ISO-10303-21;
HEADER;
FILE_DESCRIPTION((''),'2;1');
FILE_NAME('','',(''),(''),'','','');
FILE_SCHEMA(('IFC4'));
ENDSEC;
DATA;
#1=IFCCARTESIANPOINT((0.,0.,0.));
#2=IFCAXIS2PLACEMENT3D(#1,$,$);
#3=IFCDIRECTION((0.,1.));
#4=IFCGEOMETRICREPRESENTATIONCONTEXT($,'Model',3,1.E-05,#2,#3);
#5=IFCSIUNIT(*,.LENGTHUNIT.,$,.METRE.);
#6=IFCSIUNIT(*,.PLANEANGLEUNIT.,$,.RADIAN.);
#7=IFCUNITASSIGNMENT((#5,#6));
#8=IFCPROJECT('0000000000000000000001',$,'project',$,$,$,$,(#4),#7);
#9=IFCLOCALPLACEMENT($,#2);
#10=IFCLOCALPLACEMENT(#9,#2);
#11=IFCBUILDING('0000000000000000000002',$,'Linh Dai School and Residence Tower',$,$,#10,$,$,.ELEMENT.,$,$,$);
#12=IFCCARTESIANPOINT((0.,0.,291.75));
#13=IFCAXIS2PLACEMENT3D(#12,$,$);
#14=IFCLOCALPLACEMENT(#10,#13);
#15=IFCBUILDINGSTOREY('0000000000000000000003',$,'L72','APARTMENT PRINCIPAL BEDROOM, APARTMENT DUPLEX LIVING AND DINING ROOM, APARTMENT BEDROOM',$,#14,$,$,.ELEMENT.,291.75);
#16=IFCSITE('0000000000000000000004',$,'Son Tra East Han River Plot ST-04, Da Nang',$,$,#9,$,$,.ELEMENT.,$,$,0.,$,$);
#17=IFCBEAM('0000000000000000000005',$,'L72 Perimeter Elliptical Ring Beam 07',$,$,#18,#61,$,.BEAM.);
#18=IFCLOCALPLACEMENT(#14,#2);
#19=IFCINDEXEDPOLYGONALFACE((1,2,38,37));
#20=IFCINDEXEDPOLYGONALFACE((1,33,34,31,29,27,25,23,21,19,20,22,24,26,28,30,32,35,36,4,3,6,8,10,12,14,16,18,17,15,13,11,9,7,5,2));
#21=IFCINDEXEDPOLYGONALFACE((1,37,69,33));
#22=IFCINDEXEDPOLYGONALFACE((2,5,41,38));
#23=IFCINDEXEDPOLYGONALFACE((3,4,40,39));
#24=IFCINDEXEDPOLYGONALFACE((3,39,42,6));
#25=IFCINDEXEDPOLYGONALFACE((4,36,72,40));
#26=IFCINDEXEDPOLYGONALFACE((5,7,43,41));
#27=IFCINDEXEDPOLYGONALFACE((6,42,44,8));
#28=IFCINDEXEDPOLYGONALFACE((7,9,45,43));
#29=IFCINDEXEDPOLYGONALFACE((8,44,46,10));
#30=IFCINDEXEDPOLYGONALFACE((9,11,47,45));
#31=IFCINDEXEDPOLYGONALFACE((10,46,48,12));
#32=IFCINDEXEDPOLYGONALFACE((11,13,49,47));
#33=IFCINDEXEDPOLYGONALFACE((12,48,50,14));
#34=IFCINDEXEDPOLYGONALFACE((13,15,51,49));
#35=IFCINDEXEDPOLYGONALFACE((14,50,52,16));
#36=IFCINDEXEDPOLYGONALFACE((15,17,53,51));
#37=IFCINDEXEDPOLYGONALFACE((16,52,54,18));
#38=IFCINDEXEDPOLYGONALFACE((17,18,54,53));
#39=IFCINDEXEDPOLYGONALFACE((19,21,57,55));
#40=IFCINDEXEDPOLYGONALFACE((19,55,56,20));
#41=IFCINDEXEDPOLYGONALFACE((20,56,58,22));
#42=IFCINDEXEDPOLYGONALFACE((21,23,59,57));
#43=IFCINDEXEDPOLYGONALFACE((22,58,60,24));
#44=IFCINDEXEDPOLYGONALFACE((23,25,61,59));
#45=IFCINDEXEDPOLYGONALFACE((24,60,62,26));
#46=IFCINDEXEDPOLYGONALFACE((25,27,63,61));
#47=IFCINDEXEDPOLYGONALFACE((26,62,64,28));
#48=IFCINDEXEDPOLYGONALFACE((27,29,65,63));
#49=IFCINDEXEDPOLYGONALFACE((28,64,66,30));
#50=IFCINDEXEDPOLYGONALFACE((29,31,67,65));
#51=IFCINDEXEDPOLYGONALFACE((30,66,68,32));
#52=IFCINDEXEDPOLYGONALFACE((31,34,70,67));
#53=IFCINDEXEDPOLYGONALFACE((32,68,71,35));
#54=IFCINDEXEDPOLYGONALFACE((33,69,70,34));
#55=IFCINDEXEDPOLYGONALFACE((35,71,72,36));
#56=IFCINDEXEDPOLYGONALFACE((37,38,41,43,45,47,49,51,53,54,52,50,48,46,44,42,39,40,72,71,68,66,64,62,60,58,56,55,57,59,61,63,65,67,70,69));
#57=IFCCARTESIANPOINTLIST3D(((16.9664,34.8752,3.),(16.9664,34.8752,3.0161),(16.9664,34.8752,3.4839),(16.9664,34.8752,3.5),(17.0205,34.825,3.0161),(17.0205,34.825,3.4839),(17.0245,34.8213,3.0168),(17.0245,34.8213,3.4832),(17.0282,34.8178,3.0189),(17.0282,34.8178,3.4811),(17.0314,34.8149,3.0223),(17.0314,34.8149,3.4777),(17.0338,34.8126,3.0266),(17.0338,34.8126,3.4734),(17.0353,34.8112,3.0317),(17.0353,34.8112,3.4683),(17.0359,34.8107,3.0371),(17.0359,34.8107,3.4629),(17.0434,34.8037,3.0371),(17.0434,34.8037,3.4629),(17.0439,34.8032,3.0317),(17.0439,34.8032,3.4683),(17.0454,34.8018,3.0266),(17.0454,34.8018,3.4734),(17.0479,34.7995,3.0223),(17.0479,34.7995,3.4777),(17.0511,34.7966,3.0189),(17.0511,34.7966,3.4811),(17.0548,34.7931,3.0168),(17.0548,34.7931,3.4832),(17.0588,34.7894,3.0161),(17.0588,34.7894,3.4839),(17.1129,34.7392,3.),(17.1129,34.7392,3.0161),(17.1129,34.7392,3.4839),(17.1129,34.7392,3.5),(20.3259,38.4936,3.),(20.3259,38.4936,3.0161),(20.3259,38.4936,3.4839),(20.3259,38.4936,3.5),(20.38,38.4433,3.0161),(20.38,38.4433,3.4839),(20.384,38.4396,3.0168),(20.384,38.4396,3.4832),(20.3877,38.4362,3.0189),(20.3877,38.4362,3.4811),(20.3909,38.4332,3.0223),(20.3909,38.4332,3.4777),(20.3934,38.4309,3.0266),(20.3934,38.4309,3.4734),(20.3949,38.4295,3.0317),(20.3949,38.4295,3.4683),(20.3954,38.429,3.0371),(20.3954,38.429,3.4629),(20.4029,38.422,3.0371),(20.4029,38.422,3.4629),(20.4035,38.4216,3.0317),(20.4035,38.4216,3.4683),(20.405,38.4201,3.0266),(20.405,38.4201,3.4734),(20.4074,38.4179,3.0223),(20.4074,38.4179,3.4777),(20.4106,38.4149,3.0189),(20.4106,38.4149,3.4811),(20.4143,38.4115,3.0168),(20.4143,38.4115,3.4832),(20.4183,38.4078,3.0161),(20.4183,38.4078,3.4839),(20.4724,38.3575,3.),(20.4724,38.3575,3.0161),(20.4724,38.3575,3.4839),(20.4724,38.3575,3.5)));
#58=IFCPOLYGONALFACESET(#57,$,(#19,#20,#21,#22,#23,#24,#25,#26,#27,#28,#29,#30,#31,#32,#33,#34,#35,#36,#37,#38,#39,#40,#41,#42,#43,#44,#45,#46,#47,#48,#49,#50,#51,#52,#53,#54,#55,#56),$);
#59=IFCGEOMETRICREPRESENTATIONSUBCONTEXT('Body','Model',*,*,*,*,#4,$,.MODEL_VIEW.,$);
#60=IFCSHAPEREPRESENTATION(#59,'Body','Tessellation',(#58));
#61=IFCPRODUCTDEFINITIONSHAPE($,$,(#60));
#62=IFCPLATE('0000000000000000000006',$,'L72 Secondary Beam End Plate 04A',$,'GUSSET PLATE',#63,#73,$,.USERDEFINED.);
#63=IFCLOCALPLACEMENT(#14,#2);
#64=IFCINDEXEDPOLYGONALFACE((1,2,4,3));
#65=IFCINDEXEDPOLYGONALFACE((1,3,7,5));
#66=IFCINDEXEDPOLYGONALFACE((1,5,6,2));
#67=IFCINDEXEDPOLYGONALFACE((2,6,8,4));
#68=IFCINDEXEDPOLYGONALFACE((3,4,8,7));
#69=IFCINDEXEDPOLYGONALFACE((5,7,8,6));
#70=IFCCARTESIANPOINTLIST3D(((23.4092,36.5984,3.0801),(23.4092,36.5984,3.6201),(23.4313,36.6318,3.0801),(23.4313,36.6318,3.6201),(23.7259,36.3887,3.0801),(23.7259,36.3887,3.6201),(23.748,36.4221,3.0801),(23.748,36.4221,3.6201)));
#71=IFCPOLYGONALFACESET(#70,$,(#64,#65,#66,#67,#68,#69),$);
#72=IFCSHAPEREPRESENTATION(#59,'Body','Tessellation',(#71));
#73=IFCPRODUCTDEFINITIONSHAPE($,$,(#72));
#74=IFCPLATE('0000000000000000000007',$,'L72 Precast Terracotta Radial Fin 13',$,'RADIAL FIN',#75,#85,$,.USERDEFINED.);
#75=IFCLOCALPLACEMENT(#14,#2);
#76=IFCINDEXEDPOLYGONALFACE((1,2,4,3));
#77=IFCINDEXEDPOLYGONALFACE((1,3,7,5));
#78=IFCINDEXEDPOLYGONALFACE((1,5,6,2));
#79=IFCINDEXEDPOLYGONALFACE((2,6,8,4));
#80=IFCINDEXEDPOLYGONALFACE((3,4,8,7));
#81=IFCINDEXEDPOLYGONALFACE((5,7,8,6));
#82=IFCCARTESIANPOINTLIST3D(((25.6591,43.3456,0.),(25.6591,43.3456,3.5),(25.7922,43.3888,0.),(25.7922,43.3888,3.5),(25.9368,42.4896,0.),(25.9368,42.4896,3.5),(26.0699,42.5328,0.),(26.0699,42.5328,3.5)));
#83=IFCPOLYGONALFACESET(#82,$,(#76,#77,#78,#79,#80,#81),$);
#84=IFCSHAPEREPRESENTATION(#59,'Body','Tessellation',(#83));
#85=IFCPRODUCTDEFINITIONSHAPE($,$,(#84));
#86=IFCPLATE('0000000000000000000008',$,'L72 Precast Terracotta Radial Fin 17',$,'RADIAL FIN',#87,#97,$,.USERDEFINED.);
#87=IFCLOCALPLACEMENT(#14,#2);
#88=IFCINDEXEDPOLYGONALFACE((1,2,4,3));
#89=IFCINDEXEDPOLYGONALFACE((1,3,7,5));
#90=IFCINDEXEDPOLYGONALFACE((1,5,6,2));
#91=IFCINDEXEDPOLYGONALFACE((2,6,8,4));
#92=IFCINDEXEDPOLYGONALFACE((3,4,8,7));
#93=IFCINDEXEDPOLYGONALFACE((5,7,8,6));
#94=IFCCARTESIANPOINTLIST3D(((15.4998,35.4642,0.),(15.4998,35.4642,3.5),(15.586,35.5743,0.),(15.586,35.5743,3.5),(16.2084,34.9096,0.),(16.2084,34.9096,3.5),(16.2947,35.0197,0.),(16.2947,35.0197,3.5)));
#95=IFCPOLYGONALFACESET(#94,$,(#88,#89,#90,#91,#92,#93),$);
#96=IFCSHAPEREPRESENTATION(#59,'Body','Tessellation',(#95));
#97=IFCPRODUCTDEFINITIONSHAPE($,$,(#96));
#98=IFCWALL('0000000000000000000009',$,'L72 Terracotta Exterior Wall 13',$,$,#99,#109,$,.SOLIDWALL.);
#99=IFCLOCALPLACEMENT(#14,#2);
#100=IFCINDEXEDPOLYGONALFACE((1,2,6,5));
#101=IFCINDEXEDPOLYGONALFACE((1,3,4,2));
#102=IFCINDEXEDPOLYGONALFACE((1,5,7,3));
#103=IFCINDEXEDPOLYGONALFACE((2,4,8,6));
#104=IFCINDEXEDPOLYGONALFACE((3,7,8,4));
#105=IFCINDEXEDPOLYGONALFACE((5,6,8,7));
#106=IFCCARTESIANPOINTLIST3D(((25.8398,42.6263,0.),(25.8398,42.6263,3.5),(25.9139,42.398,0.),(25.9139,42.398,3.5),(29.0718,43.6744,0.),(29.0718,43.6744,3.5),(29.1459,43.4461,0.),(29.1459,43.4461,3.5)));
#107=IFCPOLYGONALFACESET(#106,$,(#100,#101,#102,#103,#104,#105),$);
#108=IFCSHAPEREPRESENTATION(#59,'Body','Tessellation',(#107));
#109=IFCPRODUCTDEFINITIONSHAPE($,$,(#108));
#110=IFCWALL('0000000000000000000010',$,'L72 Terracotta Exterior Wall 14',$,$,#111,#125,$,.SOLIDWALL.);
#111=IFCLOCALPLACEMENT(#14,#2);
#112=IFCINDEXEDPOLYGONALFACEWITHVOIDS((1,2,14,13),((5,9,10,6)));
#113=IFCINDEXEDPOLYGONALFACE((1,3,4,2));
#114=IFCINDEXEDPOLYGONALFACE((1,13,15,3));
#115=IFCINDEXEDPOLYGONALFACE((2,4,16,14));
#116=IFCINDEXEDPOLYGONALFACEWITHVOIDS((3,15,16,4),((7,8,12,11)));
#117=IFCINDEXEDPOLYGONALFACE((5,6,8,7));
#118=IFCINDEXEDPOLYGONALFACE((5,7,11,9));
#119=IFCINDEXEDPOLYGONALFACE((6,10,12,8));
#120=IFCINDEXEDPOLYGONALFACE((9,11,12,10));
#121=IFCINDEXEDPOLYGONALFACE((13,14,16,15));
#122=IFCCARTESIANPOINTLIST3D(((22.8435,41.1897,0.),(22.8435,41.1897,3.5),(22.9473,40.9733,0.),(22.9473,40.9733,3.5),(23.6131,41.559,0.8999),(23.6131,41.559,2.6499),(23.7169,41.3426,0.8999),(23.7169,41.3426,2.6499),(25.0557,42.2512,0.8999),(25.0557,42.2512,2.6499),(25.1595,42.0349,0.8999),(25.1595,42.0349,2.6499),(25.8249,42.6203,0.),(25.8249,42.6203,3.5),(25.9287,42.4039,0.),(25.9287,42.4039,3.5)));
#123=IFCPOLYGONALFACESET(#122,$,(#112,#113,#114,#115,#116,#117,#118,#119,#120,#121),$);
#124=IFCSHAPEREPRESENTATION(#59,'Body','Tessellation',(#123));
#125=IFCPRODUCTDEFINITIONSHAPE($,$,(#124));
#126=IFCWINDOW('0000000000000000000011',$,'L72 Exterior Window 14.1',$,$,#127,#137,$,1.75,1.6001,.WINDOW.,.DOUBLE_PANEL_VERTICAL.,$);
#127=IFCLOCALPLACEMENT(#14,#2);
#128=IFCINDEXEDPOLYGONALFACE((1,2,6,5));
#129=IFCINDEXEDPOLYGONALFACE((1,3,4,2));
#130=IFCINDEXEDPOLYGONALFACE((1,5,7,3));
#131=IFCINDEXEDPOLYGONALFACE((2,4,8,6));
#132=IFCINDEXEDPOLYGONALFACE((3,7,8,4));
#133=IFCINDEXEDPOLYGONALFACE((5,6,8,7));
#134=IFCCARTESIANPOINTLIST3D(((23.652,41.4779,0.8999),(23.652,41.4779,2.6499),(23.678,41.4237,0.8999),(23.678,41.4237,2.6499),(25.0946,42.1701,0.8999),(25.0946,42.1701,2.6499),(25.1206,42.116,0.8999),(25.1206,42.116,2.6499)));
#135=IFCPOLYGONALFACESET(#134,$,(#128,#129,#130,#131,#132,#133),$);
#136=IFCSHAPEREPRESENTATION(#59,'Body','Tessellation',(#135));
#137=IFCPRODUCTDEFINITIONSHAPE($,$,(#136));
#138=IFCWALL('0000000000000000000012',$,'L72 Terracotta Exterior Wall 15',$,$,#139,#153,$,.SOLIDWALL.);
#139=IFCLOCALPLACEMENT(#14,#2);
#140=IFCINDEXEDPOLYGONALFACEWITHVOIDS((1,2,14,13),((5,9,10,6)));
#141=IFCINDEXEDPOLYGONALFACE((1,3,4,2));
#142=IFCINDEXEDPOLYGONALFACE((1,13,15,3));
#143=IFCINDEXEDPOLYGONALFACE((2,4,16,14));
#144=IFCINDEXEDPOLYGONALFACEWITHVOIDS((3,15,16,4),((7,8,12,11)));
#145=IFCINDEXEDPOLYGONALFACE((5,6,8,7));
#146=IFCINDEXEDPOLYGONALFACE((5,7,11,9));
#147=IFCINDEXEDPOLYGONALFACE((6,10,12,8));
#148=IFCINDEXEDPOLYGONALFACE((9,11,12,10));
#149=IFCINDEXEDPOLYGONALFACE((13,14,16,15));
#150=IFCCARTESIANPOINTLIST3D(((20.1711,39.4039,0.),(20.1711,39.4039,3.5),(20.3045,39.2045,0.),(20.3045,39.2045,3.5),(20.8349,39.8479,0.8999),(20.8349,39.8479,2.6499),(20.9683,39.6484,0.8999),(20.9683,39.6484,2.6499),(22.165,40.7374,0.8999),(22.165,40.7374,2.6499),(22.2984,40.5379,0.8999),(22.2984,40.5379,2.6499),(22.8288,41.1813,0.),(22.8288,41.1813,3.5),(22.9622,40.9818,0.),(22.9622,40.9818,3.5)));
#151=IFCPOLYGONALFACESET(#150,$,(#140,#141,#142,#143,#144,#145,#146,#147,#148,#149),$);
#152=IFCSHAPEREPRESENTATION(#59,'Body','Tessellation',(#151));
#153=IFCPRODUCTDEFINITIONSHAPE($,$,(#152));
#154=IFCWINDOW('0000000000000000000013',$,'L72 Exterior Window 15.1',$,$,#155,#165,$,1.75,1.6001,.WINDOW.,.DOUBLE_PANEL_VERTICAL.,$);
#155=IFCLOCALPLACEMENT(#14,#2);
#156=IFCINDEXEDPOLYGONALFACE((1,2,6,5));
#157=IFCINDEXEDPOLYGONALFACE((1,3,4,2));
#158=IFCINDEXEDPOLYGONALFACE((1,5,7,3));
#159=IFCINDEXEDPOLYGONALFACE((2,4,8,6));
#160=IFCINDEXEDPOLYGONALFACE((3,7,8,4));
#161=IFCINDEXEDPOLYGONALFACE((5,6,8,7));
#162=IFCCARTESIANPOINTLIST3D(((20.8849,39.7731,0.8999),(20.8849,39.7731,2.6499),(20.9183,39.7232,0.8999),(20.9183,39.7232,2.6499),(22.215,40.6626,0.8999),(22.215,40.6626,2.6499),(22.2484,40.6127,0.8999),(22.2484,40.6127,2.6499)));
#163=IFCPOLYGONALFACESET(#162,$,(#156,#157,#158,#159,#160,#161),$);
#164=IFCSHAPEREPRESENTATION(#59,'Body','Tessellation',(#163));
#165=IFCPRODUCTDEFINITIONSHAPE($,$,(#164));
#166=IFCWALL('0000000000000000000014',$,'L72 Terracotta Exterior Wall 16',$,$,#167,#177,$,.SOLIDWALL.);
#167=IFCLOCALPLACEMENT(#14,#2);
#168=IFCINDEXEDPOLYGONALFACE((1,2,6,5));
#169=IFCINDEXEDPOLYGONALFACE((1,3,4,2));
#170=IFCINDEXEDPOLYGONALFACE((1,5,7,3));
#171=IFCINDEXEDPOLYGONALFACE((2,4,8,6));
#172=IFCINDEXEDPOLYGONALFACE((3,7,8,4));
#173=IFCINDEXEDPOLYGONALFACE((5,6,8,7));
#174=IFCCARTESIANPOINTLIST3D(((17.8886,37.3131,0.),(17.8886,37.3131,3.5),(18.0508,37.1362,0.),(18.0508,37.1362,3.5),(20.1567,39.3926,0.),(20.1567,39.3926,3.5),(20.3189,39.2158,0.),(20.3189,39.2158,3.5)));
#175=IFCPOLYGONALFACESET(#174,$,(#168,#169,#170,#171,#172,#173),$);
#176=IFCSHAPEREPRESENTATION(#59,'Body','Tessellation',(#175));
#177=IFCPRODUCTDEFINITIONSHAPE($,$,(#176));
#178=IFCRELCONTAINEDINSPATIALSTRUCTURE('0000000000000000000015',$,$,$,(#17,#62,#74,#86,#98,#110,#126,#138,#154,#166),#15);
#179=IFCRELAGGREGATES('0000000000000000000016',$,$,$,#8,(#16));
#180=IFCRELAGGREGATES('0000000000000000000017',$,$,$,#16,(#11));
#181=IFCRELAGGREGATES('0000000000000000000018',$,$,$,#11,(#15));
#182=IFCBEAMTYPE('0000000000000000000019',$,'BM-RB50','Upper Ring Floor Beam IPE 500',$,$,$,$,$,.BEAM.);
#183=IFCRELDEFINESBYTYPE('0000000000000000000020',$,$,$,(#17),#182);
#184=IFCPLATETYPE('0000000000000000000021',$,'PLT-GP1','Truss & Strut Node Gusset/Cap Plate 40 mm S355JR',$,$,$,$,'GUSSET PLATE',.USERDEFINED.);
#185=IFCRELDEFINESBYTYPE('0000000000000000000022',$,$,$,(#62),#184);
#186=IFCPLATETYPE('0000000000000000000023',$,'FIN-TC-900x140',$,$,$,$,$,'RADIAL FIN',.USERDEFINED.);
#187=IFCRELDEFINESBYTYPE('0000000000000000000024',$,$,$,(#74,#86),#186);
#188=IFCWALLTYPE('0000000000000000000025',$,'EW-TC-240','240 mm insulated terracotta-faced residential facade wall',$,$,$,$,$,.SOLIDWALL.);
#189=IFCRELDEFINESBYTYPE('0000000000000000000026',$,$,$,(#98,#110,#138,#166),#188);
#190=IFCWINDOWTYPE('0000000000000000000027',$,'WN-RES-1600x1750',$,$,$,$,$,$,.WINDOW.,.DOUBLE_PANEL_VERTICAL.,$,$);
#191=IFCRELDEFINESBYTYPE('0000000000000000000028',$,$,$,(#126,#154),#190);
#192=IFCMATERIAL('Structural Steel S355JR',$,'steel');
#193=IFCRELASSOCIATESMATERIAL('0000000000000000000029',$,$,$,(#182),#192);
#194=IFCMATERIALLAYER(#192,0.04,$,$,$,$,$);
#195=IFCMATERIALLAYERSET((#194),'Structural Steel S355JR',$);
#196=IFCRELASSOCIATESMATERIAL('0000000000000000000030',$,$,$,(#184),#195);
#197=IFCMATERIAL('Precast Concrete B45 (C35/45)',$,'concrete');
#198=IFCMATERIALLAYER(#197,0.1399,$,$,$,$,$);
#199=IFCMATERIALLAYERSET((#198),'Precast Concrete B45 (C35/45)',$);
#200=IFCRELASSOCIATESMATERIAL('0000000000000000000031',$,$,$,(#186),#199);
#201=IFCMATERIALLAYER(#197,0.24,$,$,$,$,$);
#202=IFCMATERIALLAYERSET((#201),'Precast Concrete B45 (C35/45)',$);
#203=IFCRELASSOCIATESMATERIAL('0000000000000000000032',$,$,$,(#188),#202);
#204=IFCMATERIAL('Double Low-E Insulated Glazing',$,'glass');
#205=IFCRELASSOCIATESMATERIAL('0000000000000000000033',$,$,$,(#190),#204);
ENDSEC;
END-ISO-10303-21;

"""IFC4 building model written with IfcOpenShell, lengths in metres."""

from ifc_helpers import new_model, si_unit, direction, frame, frame_2d, origin, origin_2d, place, context, subcontext, project, spatial, rectangle, i_section, extrude, source, transform, mapped, material, layer, layer_set, material_profile, profile_set, type_object, element, fill, save


model = new_model("IFC4")

# Units and contexts
model_context = context("Model", 3, precision=1e-05, world=origin(), true_north=direction((0.0, 1.0)))
body_context = subcontext(model_context, "Body", "Model", "MODEL_VIEW")
ifc_project = project(units=[si_unit("LENGTHUNIT", "METRE"), si_unit("PLANEANGLEUNIT", "RADIAN")], contexts=[model_context])

# Site, building, storey
site_placement = place(None, origin())
site = spatial("IfcSite", under=ifc_project, at=site_placement, Name="Son Tra East Han River Plot ST-04, Da Nang", CompositionType="ELEMENT", RefElevation=0.0)
building_placement = place(site_placement, origin())
building = spatial("IfcBuilding", under=site, at=building_placement, Name="Linh Dai School and Residence Tower", CompositionType="ELEMENT")
storey_placement = place(building_placement, frame((0.0, 0.0, 291.75)))
storey = spatial("IfcBuildingStorey", under=building, at=storey_placement, Name="L72", Description="APARTMENT PRINCIPAL BEDROOM, APARTMENT DUPLEX LIVING AND DINING ROOM, APARTMENT BEDROOM", CompositionType="ELEMENT", Elevation=291.75)

# Shared definitions
ifc_material_1 = material(Name="Structural Steel S355JR", Category="steel")

# Beam
ifc_material_profile_1 = material_profile(ifc_material_1, i_section(OverallWidth=0.2, OverallDepth=0.5, WebThickness=0.0103, FlangeThickness=0.0161, FilletRadius=0.021, at=origin_2d()), Name="IPE 500")
ifc_profile_set_1 = profile_set([ifc_material_profile_1], Name="Structural Steel S355JR")
beam_type_1 = type_object("IfcBeamType", Name="BM-RB50", Description="Upper Ring Floor Beam IPE 500", PredefinedType="BEAM", material=ifc_profile_set_1)
beam_1_placement = place(storey_placement, frame((20.3992, 38.4255, 3.25), z_axis=(-0.680415, -0.732827, 0.0), x_axis=(0.732827, -0.680415, 0.0)))
element("IfcBeam", 1, at=beam_1_placement, inside=storey, type_object=beam_type_1, Name="L72 Perimeter Elliptical Ring Beam 07", PredefinedType="BEAM", context=body_context, shape_type="SweptSolid", body=[
    extrude(i_section(OverallWidth=0.2, OverallDepth=0.5, WebThickness=0.0103, FlangeThickness=0.0161, FilletRadius=0.021, at=origin_2d()), origin(), (0.0, 0.0, 1.0), 4.9375),
])

# Plates
ifc_layer_1 = layer(ifc_material_1, 0.04)
ifc_layer_set_1 = layer_set([ifc_layer_1], Name="Structural Steel S355JR")
plate_type_1 = type_object("IfcPlateType", Name="PLT-GP1", Description="Truss & Strut Node Gusset/Cap Plate 40 mm S355JR", ElementType="GUSSET PLATE", PredefinedType="USERDEFINED", material=ifc_layer_set_1)
shared_shape_1 = source(origin(), body_context, "Body", "SweptSolid", [
    extrude(rectangle(XDim=0.04, YDim=0.3799, at=origin_2d()), origin(), (0.0, 0.0, 1.0), 0.54),
])
plate_placement = place(storey_placement, frame((23.5786, 36.5103, 3.0801), z_axis=(0.0, 0.0, 1.0), x_axis=(-0.552122, -0.833763, 0.0)))
element("IfcPlate", 2, at=plate_placement, inside=storey, type_object=plate_type_1, Name="L72 Secondary Beam End Plate 04A", ObjectType="GUSSET PLATE", PredefinedType="USERDEFINED", context=body_context, shape_type="MappedRepresentation", body=[
    mapped(shared_shape_1, transform((0.0, 0.0, 0.0), x_axis=(1.0, 0.0, 0.0), y_axis=(0.0, 1.0, 0.0), z_axis=(0.0, 0.0, 1.0), scale=1.0)),
])
ifc_material_2 = material(Name="Precast Concrete B45 (C35/45)", Category="concrete")
ifc_layer_2 = layer(ifc_material_2, 0.1399)
ifc_layer_set_2 = layer_set([ifc_layer_2], Name="Precast Concrete B45 (C35/45)")
plate_type_2 = type_object("IfcPlateType", Name="FIN-TC-900x140", ElementType="RADIAL FIN", PredefinedType="USERDEFINED", material=ifc_layer_set_2)
shared_shape_2 = source(origin(), body_context, "Body", "SweptSolid", [
    extrude(rectangle(XDim=0.8999, YDim=0.1399, at=origin_2d()), origin(), (0.0, 0.0, 1.0), 3.5),
])
for number, where, z_axis, x_axis, name in (
    (3, (25.8645, 42.9392, 0.0), (0.0, 0.0, 1.0), (-0.308519, 0.951218, 0.0), "L72 Precast Terracotta Radial Fin 13"),
    (4, (15.8972, 35.2419, 0.0), (0.0, 0.0, 1.0), (-0.787503, 0.616311, 0.0), "L72 Precast Terracotta Radial Fin 17"),
):
    element("IfcPlate", number, at=place(storey_placement, frame(where, z_axis=z_axis, x_axis=x_axis)), inside=storey, type_object=plate_type_2, Name=name, ObjectType="RADIAL FIN", PredefinedType="USERDEFINED", context=body_context, shape_type="MappedRepresentation", body=[
        mapped(shared_shape_2, transform((0.0, 0.0, 0.0), x_axis=(1.0, 0.0, 0.0), y_axis=(0.0, 1.0, 0.0), z_axis=(0.0, 0.0, 1.0), scale=1.0)),
    ])

# Wall
ifc_layer_3 = layer(ifc_material_2, 0.24)
ifc_layer_set_3 = layer_set([ifc_layer_3], Name="Precast Concrete B45 (C35/45)")
wall_type_1 = type_object("IfcWallType", Name="EW-TC-240", Description="240 mm insulated terracotta-faced residential facade wall", PredefinedType="SOLIDWALL", material=ifc_layer_set_3)
wall_1_placement = place(storey_placement, frame((25.877, 42.5122, 0.0), z_axis=(0.0, 0.0, 1.0), x_axis=(0.951231, 0.308478, 0.0)))
element("IfcWall", 5, at=wall_1_placement, inside=storey, type_object=wall_type_1, Name="L72 Terracotta Exterior Wall 13", PredefinedType="SOLIDWALL", context=body_context, shape_type="SweptSolid", body=[
    extrude(rectangle(XDim=3.3977, YDim=0.24, at=frame_2d((1.6987, 0.0))), origin(), (0.0, 0.0, 1.0), 3.5),
])

# Walls, openings, windows
wall_2_placement = place(storey_placement, frame((22.8955, 41.0815, 0.0), z_axis=(0.0, 0.0, 1.0), x_axis=(0.901574, 0.432625, 0.0)))
wall_2 = element("IfcWall", 6, at=wall_2_placement, inside=storey, type_object=wall_type_1, Name="L72 Terracotta Exterior Wall 14", PredefinedType="SOLIDWALL", context=body_context, shape_type="SweptSolid", body=[
    extrude(rectangle(XDim=3.3069, YDim=0.24, at=frame_2d((1.6533, 0.0))), origin(), (0.0, 0.0, 1.0), 3.5),
])
opening_1_placement = place(wall_2_placement, frame((0.8535, 0.0, 0.8999)))
opening_1 = element("IfcOpeningElement", 7, at=opening_1_placement, cuts=wall_2, PredefinedType="OPENING", context=body_context, shape_type="SweptSolid", body=[
    extrude(rectangle(XDim=1.6001, YDim=1.75, at=origin_2d()), frame((0.8, 0.1299, 0.875), z_axis=(0.0, -1.0, 0.0), x_axis=(1.0, 0.0, 0.0)), (0.0, 0.0, 1.0), 0.26),
])
ifc_material_3 = material(Name="Double Low-E Insulated Glazing", Category="glass")
window_type = type_object("IfcWindowType", Name="WN-RES-1600x1750", PartitioningType="DOUBLE_PANEL_VERTICAL", PredefinedType="WINDOW", material=ifc_material_3)
shared_shape_3 = source(origin(), body_context, "Body", "SweptSolid", [
    extrude(rectangle(XDim=1.6001, YDim=1.75, at=origin_2d()), frame((0.8, 0.03, 0.875), z_axis=(0.0, -1.0, 0.0), x_axis=(1.0, 0.0, 0.0)), (0.0, 0.0, 1.0), 0.0601),
])
window_1_placement = place(opening_1_placement, origin())
window_1 = element("IfcWindow", 8, at=window_1_placement, inside=storey, type_object=window_type, Name="L72 Exterior Window 14.1", OverallHeight=1.75, OverallWidth=1.6001, PartitioningType="DOUBLE_PANEL_VERTICAL", PredefinedType="WINDOW", context=body_context, shape_type="MappedRepresentation", body=[
    mapped(shared_shape_3, transform((0.0, 0.0, 0.0), x_axis=(1.0, 0.0, 0.0), y_axis=(0.0, 1.0, 0.0), z_axis=(0.0, 0.0, 1.0), scale=1.0)),
])
fill(opening_1, window_1)
wall_3_placement = place(storey_placement, frame((20.2378, 39.3042, 0.0), z_axis=(0.0, 0.0, 1.0), x_axis=(0.831251, 0.555898, 0.0)))
wall_3 = element("IfcWall", 9, at=wall_3_placement, inside=storey, type_object=wall_type_1, Name="L72 Terracotta Exterior Wall 15", PredefinedType="SOLIDWALL", context=body_context, shape_type="SweptSolid", body=[
    extrude(rectangle(XDim=3.1973, YDim=0.24, at=frame_2d((1.5986, 0.0))), origin(), (0.0, 0.0, 1.0), 3.5),
])
opening_2_placement = place(wall_3_placement, frame((0.7986, 0.0, 0.8999)))
opening_2 = element("IfcOpeningElement", 10, at=opening_2_placement, cuts=wall_3, PredefinedType="OPENING", context=body_context, shape_type="SweptSolid", body=[
    extrude(rectangle(XDim=1.6001, YDim=1.75, at=origin_2d()), frame((0.8, 0.1299, 0.875), z_axis=(0.0, -1.0, 0.0), x_axis=(1.0, 0.0, 0.0)), (0.0, 0.0, 1.0), 0.26),
])
window_2_placement = place(opening_2_placement, origin())
window_2 = element("IfcWindow", 11, at=window_2_placement, inside=storey, type_object=window_type, Name="L72 Exterior Window 15.1", OverallHeight=1.75, OverallWidth=1.6001, PartitioningType="DOUBLE_PANEL_VERTICAL", PredefinedType="WINDOW", context=body_context, shape_type="MappedRepresentation", body=[
    mapped(shared_shape_3, transform((0.0, 0.0, 0.0), x_axis=(1.0, 0.0, 0.0), y_axis=(0.0, 1.0, 0.0), z_axis=(0.0, 0.0, 1.0), scale=1.0)),
])
fill(opening_2, window_2)

# Wall
wall_4_placement = place(storey_placement, frame((17.9697, 37.2246, 0.0), z_axis=(0.0, 0.0, 1.0), x_axis=(0.737069, 0.675818, 0.0)))
element("IfcWall", 12, at=wall_4_placement, inside=storey, type_object=wall_type_1, Name="L72 Terracotta Exterior Wall 16", PredefinedType="SOLIDWALL", context=body_context, shape_type="SweptSolid", body=[
    extrude(rectangle(XDim=3.0771, YDim=0.24, at=frame_2d((1.5386, 0.0))), origin(), (0.0, 0.0, 1.0), 3.5),
])

save(model, "model.ifc")
